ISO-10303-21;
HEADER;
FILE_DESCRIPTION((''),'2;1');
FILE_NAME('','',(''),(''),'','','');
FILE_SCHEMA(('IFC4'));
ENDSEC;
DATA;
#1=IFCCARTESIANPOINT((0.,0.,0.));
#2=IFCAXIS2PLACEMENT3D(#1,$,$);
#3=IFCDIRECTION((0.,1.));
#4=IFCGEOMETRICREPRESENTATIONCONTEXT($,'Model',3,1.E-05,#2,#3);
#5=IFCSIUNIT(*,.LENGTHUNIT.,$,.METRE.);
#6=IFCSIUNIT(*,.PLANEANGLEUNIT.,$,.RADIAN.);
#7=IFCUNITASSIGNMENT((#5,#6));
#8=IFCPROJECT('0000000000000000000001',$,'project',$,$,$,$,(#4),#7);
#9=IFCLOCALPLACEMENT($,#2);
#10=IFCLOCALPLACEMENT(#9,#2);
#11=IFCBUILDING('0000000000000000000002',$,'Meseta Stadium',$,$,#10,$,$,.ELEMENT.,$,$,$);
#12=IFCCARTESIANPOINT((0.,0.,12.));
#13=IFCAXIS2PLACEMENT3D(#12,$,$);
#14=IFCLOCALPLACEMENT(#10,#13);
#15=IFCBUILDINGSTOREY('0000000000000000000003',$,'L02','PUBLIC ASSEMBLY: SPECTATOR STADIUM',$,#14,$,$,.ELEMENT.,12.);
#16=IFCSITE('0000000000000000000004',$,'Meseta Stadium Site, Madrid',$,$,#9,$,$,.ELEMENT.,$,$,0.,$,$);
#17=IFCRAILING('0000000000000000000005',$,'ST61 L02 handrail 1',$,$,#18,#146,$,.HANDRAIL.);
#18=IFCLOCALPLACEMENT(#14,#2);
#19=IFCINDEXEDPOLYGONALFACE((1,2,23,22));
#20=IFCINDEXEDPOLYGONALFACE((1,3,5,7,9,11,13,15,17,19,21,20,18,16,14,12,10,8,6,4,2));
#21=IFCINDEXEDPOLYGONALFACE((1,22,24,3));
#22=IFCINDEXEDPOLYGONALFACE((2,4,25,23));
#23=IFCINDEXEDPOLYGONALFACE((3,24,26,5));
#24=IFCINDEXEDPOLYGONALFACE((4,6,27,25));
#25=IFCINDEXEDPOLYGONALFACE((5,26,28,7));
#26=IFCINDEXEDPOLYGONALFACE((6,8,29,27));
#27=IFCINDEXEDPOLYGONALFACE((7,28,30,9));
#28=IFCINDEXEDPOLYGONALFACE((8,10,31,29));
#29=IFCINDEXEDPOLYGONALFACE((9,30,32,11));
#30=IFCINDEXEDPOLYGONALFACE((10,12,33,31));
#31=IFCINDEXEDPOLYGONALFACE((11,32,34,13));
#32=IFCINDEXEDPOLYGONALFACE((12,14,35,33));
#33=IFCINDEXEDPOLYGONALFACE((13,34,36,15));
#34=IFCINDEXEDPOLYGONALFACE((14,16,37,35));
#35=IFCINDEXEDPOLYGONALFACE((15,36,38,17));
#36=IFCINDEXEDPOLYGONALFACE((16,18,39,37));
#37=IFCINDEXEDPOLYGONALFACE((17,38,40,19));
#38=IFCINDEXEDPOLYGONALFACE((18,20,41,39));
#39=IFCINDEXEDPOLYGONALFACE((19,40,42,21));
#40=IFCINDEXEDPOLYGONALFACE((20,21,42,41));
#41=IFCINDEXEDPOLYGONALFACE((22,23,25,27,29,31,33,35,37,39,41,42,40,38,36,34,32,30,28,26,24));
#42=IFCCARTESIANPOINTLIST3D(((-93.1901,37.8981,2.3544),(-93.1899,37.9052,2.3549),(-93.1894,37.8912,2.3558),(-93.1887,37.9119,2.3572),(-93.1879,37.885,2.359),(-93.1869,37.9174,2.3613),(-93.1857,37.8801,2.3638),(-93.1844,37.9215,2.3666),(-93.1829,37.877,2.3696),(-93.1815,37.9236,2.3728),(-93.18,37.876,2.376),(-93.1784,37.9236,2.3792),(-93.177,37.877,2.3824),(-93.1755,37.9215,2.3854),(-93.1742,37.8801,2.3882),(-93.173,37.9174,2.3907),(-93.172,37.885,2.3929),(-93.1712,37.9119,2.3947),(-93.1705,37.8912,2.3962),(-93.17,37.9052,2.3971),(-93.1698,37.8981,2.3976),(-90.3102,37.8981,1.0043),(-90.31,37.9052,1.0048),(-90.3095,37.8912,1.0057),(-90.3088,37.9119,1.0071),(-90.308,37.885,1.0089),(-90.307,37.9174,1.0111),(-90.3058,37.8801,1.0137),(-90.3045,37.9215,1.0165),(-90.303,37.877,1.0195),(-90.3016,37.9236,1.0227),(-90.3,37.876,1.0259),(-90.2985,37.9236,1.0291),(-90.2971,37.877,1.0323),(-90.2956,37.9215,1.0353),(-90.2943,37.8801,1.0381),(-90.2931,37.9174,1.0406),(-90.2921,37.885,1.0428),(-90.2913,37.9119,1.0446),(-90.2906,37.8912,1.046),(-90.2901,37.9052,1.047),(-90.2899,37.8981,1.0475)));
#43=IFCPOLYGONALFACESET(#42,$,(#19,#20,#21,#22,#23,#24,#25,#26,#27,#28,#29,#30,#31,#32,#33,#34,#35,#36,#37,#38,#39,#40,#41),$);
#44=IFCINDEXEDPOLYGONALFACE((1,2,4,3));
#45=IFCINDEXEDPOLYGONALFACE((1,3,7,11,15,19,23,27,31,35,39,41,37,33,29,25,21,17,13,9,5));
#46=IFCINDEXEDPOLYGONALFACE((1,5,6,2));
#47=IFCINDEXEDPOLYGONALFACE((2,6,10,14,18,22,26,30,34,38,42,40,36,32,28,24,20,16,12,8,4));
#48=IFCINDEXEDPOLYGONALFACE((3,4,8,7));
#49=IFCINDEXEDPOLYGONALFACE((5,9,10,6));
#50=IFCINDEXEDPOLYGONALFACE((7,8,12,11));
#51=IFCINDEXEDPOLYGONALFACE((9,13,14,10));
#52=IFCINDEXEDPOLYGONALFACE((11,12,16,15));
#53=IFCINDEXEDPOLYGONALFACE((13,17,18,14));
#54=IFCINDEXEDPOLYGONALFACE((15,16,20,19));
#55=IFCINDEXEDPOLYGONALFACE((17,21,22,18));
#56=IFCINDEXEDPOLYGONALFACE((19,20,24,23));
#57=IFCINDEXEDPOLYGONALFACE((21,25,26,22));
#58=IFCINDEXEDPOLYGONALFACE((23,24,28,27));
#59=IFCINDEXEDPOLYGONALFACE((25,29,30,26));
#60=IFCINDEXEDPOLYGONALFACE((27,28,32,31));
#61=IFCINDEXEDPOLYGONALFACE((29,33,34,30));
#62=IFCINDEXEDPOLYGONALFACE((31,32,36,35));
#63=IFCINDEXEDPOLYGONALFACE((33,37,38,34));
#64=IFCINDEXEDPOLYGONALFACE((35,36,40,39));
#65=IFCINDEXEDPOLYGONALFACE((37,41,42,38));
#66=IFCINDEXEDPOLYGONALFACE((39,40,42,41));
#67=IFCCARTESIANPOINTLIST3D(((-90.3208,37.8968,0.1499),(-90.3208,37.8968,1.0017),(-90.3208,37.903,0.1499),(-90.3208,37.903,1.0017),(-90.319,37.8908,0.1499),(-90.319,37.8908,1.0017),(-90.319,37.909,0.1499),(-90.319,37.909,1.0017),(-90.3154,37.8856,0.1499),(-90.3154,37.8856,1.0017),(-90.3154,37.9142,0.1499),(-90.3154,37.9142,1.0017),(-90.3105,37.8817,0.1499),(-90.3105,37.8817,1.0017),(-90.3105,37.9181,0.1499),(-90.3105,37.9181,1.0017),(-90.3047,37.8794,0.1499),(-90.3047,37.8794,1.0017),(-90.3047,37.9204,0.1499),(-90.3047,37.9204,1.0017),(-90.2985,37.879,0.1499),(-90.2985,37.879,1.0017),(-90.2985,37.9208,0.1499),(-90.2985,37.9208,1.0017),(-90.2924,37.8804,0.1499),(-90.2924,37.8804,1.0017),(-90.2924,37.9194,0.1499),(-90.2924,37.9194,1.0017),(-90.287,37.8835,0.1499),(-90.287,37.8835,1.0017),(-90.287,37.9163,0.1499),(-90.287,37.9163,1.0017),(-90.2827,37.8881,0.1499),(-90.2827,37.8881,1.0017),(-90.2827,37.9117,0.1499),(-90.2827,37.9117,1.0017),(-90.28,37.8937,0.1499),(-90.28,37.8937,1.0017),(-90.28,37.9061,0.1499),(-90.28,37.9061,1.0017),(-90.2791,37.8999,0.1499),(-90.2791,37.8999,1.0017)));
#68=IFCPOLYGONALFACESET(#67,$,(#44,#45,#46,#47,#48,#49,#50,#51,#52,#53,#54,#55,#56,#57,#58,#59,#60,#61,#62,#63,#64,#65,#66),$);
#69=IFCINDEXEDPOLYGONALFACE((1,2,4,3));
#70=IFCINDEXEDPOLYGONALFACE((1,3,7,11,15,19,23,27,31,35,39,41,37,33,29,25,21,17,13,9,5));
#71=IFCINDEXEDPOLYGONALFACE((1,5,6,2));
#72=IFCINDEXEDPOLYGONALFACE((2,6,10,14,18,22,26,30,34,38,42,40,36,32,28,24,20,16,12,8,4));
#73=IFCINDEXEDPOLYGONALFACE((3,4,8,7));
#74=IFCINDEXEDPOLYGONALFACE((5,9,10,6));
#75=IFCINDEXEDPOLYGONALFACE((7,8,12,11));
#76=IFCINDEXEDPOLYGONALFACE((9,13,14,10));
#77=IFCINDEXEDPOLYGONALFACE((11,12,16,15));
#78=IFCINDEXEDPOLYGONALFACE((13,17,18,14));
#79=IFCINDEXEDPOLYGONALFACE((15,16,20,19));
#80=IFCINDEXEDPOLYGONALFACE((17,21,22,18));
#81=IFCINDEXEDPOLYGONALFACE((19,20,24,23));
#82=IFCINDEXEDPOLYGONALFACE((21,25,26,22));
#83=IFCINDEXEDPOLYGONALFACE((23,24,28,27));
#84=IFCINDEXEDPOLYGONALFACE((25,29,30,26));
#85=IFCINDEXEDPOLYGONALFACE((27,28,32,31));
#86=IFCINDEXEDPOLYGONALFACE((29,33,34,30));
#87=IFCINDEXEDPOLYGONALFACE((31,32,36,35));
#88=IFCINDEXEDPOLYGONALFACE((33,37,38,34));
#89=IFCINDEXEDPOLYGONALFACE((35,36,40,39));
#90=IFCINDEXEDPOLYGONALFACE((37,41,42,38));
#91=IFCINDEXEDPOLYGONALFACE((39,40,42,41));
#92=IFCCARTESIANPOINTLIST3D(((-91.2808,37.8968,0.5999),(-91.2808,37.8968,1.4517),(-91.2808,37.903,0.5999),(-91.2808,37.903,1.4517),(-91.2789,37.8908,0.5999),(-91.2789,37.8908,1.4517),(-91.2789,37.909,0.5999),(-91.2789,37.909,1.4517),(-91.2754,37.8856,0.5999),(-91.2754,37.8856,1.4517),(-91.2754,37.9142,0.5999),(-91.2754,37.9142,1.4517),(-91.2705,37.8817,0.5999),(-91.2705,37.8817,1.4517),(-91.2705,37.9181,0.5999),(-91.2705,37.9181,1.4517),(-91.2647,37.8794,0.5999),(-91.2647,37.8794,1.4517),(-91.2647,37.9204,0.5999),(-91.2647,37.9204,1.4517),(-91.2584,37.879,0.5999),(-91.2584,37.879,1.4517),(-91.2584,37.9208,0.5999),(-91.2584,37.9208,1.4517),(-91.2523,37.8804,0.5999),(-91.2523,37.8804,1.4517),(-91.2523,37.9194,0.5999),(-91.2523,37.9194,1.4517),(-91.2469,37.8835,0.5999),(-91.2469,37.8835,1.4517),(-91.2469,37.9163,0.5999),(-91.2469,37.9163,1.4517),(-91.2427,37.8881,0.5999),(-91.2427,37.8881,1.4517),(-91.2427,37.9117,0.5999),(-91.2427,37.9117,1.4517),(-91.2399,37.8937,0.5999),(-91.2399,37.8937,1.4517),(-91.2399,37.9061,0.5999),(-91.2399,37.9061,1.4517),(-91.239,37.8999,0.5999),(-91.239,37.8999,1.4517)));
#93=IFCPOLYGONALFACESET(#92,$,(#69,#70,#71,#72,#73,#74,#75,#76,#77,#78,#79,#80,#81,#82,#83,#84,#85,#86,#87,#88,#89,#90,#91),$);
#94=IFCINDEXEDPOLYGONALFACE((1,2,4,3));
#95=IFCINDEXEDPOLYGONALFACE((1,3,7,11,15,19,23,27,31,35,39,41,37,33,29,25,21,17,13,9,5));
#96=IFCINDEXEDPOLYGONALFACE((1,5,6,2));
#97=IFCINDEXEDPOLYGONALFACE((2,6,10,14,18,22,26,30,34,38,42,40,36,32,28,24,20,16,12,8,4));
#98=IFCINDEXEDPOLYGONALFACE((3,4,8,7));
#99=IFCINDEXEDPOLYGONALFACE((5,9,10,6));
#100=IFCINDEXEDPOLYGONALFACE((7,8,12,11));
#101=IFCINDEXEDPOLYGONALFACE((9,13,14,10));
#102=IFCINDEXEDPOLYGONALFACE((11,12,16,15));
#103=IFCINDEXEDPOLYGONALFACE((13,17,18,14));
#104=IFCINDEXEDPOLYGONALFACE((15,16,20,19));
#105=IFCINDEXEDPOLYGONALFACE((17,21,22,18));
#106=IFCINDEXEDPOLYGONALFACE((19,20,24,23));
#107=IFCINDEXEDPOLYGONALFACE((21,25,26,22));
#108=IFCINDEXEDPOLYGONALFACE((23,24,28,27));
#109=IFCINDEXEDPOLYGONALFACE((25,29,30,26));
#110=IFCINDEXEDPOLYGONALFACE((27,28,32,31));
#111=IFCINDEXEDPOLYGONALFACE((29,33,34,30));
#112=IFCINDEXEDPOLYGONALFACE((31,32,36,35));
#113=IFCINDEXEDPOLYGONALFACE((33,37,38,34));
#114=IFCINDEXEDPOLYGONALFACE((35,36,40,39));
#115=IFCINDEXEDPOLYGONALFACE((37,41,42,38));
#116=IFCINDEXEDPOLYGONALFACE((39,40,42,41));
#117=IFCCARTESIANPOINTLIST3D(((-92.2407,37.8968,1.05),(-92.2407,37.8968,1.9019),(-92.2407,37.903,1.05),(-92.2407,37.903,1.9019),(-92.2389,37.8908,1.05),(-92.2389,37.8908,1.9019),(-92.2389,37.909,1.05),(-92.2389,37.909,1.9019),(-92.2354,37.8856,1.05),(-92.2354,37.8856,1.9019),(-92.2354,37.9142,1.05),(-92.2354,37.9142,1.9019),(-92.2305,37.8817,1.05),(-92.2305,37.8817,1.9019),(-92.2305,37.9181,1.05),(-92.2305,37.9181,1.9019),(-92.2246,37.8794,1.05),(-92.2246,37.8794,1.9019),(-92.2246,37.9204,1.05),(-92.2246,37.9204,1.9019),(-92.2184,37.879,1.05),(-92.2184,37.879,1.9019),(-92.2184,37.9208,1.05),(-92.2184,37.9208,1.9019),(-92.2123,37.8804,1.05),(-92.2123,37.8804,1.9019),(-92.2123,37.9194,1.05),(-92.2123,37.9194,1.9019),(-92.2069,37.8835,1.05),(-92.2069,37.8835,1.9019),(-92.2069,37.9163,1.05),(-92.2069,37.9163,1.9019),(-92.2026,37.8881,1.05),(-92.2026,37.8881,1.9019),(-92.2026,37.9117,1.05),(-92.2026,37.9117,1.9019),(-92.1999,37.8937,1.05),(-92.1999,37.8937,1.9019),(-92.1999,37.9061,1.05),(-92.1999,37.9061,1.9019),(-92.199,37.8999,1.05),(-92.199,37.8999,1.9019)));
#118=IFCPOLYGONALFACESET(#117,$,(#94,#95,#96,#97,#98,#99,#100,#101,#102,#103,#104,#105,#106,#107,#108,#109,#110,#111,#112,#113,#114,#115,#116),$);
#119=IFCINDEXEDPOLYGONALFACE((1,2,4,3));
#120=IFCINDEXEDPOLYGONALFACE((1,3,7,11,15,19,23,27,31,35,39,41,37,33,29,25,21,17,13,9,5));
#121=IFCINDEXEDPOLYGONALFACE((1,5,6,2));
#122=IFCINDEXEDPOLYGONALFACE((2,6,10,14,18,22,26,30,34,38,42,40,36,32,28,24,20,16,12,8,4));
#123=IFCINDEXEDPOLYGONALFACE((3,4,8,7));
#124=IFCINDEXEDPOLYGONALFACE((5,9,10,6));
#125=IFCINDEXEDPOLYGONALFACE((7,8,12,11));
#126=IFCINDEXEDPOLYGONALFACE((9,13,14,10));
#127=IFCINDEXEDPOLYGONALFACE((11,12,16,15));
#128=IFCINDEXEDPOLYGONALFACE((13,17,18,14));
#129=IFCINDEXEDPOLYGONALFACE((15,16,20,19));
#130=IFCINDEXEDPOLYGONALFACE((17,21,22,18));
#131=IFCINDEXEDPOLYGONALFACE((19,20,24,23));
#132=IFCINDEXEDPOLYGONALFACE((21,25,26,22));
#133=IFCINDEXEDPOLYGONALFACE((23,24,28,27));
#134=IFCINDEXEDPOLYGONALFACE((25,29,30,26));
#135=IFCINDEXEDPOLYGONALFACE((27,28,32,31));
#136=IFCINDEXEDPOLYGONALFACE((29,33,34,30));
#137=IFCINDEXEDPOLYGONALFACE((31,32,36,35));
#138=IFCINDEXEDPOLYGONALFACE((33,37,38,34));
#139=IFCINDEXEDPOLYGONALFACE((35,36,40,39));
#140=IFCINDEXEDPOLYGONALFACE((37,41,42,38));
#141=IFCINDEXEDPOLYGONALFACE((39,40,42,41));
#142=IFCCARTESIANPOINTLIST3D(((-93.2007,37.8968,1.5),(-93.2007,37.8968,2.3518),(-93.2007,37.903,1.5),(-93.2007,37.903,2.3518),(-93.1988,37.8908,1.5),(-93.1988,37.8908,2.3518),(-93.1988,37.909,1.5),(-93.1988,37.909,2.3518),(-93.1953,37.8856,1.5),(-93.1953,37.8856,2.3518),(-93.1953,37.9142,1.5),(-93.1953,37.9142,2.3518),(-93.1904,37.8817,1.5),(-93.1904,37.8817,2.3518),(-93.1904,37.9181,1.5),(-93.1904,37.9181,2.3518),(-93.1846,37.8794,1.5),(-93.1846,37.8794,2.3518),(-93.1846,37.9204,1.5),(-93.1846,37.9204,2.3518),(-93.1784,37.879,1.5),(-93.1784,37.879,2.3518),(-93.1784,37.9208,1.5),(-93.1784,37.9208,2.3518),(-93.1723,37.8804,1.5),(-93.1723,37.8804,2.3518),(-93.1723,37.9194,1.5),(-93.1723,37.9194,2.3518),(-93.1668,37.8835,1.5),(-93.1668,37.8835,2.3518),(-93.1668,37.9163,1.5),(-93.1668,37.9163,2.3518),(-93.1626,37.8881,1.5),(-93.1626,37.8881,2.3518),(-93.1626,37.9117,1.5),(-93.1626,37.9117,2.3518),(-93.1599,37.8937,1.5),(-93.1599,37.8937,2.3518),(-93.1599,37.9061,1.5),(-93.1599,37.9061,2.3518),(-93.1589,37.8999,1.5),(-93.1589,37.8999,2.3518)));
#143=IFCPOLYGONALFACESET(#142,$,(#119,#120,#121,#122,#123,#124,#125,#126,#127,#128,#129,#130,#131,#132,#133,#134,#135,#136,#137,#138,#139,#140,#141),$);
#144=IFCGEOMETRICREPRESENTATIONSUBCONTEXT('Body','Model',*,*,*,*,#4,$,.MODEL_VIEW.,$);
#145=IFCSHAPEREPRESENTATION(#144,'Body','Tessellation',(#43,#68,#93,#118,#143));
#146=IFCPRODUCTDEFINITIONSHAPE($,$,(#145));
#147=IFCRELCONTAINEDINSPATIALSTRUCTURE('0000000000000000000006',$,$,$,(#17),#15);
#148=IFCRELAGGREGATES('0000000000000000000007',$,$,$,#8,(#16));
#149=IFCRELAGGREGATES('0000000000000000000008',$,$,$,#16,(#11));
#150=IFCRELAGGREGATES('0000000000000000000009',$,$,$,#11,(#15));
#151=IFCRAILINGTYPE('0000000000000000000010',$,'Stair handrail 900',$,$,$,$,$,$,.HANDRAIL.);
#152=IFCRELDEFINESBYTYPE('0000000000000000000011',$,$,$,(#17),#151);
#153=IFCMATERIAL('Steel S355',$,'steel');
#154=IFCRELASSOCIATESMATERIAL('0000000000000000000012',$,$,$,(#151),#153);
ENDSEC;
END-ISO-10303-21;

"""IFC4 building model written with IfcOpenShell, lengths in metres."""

from ifc_helpers import new_model, si_unit, direction, frame, origin, origin_2d, place, context, subcontext, project, spatial, circle, extrude, material, type_object, element, save


model = new_model("IFC4")

# Units and contexts
model_context = context("Model", 3, precision=1e-05, world=origin(), true_north=direction((0.0, 1.0)))
body_context = subcontext(model_context, "Body", "Model", "MODEL_VIEW")
ifc_project = project(units=[si_unit("LENGTHUNIT", "METRE"), si_unit("PLANEANGLEUNIT", "RADIAN")], contexts=[model_context])

# Site, building, storey
site_placement = place(None, origin())
site = spatial("IfcSite", under=ifc_project, at=site_placement, Name="Meseta Stadium Site, Madrid", CompositionType="ELEMENT", RefElevation=0.0)
building_placement = place(site_placement, origin())
building = spatial("IfcBuilding", under=site, at=building_placement, Name="Meseta Stadium", CompositionType="ELEMENT")
storey_placement = place(building_placement, frame((0.0, 0.0, 12.0)))
storey = spatial("IfcBuildingStorey", under=building, at=storey_placement, Name="L02", Description="PUBLIC ASSEMBLY: SPECTATOR STADIUM", CompositionType="ELEMENT", Elevation=12.0)

# Railing
ifc_material_1 = material(Name="Steel S355", Category="steel")
railing_type_1 = type_object("IfcRailingType", Name="Stair handrail 900", PredefinedType="HANDRAIL", material=ifc_material_1)
railing_1_placement = place(storey_placement, frame((-90.3, 37.8999, 0.1499)))
element("IfcRailing", 1, at=railing_1_placement, inside=storey, type_object=railing_type_1, Name="ST61 L02 handrail 1", PredefinedType="HANDRAIL", context=body_context, shape_type="SweptSolid", body=[
    extrude(circle(Radius=0.0239, at=origin_2d()), frame((0.0, 0.0, 0.876), z_axis=(-0.90544, 0.0, 0.424473), x_axis=(0.0, -1.0, 0.0)), (0.0, 0.0, 1.0), 3.1807),
    extrude(circle(Radius=0.021, at=origin_2d()), origin(), (0.0, 0.0, 1.0), 0.8518),
    extrude(circle(Radius=0.021, at=origin_2d()), frame((-0.96, 0.0, 0.45)), (0.0, 0.0, 1.0), 0.8518),
    extrude(circle(Radius=0.021, at=origin_2d()), frame((-1.9199, 0.0, 0.9001)), (0.0, 0.0, 1.0), 0.8518),
    extrude(circle(Radius=0.021, at=origin_2d()), frame((-2.8799, 0.0, 1.3501)), (0.0, 0.0, 1.0), 0.8518),
])

save(model, "model.ifc")
